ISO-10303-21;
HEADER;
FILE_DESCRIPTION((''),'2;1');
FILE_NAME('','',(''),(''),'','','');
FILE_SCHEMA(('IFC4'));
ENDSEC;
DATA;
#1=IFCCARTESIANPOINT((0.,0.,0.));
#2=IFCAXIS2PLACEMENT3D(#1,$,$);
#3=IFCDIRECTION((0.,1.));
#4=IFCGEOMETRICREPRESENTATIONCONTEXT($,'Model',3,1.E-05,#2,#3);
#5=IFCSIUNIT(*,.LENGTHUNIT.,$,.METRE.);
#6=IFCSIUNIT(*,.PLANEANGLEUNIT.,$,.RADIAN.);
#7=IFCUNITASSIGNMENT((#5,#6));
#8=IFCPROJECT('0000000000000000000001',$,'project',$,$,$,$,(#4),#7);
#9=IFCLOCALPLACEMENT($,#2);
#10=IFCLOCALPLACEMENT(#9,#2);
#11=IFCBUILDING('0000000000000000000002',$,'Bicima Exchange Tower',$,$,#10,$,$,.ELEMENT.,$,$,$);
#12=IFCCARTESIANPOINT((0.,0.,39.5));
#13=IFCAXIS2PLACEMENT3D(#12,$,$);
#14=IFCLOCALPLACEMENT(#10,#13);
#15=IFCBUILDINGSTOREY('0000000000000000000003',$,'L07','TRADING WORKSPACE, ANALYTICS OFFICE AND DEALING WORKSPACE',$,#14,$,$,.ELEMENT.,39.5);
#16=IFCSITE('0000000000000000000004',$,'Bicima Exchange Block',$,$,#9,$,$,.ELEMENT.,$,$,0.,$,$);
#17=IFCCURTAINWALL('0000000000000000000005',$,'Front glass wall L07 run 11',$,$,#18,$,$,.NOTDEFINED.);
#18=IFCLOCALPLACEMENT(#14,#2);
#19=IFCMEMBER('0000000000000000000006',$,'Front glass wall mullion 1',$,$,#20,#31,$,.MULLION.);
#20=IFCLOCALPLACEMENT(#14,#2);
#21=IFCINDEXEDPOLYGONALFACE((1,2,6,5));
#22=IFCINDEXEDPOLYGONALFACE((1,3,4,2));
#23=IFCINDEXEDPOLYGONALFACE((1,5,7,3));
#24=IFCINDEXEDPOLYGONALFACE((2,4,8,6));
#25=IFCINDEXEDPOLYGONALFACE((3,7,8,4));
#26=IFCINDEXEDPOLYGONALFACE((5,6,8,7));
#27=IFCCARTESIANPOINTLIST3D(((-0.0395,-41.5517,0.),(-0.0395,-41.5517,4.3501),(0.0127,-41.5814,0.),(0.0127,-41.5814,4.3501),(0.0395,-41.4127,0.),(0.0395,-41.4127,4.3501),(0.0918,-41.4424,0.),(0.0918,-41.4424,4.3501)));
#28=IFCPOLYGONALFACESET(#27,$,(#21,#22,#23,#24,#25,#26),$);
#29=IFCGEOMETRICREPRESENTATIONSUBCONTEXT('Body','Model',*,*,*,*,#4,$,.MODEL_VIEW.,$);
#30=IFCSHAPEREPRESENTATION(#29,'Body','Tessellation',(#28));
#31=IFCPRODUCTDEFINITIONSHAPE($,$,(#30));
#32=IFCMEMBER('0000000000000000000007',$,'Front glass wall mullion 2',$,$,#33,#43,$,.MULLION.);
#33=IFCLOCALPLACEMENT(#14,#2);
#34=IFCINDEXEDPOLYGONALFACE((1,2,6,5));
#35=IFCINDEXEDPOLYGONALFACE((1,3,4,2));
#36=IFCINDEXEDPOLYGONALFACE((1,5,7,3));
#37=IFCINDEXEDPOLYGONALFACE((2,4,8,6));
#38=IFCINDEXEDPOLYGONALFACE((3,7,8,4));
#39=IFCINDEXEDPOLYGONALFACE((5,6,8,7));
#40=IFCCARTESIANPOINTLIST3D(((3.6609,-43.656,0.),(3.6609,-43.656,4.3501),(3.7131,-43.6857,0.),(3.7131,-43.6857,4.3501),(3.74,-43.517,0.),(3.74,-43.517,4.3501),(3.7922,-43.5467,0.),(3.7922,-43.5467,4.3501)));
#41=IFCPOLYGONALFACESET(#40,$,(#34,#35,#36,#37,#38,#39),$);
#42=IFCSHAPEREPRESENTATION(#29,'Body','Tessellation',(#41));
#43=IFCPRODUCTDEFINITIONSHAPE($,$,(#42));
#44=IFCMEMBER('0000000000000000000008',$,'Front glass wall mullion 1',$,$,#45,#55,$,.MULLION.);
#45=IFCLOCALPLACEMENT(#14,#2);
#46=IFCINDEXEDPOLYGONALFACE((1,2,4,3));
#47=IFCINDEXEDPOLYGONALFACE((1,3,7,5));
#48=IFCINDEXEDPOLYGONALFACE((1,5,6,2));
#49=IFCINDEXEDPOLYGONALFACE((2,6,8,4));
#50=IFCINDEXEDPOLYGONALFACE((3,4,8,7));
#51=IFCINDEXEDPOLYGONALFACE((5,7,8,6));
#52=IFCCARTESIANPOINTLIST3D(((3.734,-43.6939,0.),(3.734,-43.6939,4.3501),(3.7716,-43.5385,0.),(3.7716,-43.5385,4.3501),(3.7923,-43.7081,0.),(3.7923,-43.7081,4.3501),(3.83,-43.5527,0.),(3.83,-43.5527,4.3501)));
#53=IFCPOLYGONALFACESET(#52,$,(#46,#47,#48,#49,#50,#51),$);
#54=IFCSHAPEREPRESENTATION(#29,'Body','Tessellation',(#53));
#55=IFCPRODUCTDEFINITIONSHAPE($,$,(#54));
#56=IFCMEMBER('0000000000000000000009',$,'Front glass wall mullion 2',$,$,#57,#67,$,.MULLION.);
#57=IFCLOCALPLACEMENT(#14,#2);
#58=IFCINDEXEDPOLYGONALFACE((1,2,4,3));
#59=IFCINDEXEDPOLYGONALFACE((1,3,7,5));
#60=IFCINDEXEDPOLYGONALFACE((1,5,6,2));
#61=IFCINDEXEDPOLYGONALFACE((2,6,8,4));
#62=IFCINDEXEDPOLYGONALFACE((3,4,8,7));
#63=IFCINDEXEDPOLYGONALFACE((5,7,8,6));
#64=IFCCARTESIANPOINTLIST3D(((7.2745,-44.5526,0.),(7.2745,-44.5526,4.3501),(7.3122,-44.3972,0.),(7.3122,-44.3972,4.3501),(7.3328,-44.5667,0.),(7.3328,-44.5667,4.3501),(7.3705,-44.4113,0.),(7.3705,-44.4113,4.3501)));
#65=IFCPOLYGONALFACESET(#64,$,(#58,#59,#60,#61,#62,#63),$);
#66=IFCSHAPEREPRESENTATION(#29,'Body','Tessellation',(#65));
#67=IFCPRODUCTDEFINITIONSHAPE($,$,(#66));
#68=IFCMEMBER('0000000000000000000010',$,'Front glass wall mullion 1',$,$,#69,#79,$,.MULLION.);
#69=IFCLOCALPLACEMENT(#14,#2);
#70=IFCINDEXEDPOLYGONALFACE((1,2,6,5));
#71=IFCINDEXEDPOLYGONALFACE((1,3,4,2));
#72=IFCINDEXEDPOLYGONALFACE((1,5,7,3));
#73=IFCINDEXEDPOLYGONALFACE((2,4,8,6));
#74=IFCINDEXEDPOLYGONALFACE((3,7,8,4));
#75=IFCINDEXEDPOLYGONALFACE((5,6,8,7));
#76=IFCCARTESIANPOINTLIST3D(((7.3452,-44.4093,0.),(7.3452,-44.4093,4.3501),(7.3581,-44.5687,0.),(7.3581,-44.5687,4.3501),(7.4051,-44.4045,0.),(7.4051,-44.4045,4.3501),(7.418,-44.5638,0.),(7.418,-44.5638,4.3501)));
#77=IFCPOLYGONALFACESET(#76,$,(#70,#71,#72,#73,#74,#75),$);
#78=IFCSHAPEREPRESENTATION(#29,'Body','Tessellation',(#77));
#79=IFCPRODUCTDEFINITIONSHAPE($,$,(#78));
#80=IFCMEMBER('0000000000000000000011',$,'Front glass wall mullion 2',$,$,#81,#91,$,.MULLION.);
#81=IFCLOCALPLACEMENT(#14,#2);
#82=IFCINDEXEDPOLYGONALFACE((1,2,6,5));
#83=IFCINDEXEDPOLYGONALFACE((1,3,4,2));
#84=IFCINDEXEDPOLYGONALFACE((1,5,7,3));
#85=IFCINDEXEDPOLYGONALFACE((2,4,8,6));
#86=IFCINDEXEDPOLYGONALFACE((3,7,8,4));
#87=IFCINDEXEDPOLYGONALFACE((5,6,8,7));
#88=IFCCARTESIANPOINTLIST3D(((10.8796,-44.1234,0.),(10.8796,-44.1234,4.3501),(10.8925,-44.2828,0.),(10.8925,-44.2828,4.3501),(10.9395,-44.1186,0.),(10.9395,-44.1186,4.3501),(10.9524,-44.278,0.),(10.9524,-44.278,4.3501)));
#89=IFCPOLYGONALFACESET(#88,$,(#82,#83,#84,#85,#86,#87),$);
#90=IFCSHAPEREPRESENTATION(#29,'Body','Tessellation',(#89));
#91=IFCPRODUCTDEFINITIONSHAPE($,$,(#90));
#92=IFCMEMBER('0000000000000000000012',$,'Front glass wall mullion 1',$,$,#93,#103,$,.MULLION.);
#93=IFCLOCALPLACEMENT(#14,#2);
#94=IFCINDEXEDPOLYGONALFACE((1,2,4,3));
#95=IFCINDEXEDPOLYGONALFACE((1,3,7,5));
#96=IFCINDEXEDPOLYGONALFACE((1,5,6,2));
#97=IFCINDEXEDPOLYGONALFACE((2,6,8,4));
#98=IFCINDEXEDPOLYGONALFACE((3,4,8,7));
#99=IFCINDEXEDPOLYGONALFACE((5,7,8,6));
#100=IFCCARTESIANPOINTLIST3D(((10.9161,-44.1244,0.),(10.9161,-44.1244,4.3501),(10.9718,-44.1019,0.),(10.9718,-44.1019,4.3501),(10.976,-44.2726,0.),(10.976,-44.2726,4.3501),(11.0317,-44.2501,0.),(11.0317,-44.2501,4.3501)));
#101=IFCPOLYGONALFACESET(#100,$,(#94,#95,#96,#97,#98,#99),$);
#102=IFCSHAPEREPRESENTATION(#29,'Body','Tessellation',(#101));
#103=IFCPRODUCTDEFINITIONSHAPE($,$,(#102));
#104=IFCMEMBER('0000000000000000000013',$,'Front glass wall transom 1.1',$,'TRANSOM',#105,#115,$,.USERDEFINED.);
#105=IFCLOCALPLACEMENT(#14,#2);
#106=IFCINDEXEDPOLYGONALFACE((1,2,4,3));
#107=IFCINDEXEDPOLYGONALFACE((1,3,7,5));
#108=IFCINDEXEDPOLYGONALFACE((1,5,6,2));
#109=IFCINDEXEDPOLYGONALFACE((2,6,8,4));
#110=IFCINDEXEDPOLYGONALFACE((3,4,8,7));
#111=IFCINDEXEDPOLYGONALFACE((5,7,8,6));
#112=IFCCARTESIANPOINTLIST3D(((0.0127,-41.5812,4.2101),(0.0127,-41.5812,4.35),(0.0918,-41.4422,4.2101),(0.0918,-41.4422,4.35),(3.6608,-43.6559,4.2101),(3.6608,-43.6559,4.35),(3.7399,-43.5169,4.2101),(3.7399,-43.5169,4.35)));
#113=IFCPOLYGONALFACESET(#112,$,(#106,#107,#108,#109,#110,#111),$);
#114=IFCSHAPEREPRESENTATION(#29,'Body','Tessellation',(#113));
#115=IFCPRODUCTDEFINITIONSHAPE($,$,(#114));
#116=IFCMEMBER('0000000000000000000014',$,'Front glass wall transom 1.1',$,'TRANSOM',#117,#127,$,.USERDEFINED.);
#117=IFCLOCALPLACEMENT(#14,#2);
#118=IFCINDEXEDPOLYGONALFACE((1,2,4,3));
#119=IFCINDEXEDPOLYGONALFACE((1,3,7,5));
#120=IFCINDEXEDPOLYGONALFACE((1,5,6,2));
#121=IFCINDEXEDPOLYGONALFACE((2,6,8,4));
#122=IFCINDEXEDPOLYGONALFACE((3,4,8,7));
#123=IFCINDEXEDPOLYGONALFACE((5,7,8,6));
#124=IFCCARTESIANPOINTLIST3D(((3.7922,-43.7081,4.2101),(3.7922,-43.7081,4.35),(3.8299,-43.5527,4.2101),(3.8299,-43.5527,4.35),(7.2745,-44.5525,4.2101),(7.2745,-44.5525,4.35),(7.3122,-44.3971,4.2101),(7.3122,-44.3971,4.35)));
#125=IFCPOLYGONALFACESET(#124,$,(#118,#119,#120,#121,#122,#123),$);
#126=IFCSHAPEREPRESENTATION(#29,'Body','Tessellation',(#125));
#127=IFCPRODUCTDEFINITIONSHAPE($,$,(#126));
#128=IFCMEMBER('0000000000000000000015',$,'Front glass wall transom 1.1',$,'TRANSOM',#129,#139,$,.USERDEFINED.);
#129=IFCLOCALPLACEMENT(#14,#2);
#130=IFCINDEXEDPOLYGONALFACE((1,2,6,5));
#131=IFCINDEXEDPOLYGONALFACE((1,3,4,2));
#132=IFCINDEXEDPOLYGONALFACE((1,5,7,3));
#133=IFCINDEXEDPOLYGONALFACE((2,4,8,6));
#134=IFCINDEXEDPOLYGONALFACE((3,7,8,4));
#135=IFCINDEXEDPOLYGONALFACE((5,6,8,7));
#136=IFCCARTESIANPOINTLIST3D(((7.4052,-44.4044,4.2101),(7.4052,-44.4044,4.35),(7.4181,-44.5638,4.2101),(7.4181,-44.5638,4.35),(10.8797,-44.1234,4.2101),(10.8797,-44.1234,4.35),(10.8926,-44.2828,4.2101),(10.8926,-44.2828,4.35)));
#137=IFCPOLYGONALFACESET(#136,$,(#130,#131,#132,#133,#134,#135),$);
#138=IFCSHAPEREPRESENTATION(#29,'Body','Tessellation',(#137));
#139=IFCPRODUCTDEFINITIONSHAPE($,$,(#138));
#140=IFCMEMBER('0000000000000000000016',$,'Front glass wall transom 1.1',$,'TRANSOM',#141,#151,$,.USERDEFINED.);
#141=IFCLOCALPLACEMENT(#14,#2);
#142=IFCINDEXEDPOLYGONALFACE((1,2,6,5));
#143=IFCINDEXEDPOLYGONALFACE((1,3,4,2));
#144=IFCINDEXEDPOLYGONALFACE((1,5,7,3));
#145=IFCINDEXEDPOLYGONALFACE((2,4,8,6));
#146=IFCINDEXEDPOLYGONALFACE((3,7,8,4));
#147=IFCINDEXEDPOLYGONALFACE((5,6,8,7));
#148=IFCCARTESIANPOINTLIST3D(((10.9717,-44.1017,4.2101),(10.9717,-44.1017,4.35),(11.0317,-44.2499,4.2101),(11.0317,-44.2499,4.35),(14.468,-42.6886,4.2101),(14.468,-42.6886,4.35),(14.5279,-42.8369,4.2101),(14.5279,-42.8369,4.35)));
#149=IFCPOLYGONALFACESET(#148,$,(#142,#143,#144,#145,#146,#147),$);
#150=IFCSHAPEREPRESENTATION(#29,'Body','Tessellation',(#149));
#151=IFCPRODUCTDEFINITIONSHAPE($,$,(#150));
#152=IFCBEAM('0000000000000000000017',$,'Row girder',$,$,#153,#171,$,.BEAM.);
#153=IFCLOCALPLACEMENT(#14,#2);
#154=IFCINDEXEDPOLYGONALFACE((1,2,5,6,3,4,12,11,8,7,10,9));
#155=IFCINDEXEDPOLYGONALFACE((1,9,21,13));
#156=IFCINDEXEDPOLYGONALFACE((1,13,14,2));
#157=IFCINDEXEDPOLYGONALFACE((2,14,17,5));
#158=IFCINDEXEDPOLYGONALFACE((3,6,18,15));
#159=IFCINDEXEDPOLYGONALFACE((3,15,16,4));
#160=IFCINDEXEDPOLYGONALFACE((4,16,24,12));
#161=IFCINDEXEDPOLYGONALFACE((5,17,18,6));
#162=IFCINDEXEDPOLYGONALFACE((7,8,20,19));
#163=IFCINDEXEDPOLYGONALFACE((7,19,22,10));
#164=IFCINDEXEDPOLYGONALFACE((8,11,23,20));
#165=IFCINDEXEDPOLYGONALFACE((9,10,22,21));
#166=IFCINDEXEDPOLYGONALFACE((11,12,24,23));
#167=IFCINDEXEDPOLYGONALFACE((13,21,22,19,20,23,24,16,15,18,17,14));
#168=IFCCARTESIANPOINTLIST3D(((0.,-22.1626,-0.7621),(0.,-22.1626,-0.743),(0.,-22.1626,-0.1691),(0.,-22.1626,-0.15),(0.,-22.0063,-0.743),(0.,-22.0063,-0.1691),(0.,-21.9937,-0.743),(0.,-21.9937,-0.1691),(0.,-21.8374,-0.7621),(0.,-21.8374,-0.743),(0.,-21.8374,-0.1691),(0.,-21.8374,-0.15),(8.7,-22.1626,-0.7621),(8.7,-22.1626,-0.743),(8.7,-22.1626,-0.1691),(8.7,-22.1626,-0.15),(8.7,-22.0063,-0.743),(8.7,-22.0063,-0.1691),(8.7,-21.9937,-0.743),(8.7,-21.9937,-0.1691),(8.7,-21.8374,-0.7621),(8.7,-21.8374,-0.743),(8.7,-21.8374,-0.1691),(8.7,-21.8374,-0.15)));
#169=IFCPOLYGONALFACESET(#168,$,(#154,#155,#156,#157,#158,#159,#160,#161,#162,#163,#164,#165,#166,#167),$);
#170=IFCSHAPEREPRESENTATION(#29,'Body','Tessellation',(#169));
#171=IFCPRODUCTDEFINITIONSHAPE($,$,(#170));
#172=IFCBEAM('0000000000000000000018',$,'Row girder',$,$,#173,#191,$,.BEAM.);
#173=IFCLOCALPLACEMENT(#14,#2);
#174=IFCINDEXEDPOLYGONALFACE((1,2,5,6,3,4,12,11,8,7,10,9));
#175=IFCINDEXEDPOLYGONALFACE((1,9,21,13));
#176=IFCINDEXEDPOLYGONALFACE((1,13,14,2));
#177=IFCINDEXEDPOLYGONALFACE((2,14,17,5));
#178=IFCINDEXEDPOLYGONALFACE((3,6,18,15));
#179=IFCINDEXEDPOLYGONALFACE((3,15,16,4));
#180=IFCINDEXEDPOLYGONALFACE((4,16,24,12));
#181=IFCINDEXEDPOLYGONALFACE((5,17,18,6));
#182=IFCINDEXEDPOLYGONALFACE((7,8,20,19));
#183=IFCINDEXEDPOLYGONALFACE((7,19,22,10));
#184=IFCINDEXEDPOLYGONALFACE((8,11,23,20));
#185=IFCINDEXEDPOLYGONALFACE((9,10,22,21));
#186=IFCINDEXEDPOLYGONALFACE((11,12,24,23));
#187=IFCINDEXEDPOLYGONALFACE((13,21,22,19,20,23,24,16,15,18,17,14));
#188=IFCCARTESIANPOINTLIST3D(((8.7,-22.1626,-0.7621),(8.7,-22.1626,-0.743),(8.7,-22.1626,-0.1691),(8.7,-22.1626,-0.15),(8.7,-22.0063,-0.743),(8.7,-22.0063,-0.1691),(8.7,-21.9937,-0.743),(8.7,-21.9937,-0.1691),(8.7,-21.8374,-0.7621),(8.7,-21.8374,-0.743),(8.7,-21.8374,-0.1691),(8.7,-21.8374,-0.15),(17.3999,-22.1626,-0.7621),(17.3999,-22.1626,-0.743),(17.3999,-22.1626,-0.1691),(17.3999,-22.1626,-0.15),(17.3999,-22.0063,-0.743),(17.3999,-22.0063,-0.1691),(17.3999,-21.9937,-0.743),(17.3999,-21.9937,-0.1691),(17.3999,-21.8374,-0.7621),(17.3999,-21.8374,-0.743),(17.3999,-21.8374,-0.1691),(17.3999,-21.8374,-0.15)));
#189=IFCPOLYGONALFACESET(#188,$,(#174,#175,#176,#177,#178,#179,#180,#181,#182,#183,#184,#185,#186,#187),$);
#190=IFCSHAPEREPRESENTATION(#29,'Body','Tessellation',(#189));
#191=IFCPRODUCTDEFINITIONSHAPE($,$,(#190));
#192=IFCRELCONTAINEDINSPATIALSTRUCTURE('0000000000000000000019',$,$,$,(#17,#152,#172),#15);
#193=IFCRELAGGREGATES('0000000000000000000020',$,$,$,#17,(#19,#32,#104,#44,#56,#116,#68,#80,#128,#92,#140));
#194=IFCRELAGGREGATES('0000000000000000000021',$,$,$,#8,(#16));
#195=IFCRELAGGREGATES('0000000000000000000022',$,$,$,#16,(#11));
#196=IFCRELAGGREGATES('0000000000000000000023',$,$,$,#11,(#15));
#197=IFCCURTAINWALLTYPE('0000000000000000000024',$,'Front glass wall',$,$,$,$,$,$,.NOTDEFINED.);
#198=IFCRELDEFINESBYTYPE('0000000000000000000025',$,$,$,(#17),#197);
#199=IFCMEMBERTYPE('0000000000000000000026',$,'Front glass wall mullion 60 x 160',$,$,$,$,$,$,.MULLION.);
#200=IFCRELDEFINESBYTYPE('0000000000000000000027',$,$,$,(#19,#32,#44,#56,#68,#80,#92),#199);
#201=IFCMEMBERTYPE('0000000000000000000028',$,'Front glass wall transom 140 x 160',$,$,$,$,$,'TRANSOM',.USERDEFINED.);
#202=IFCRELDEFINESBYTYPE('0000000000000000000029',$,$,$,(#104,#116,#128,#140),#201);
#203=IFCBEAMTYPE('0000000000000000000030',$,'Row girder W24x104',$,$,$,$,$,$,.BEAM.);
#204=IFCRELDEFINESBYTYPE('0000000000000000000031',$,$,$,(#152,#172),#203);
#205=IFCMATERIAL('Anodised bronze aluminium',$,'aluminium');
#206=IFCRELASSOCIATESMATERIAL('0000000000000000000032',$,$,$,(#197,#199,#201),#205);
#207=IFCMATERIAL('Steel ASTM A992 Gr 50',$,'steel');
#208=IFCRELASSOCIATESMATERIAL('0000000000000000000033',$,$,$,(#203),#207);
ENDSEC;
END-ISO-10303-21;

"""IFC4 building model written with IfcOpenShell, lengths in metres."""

from ifc_helpers import new_model, si_unit, direction, frame, origin, origin_2d, place, context, subcontext, project, spatial, rectangle, i_section, extrude, material, material_profile, profile_set, type_object, element, aggregate, save


model = new_model("IFC4")

# Units and contexts
model_context = context("Model", 3, precision=1e-05, world=origin(), true_north=direction((0.0, 1.0)))
body_context = subcontext(model_context, "Body", "Model", "MODEL_VIEW")
ifc_project = project(units=[si_unit("LENGTHUNIT", "METRE"), si_unit("PLANEANGLEUNIT", "RADIAN")], contexts=[model_context])

# Site, building, storey
site_placement = place(None, origin())
site = spatial("IfcSite", under=ifc_project, at=site_placement, Name="Bicima Exchange Block", CompositionType="ELEMENT", RefElevation=0.0)
building_placement = place(site_placement, origin())
building = spatial("IfcBuilding", under=site, at=building_placement, Name="Bicima Exchange Tower", CompositionType="ELEMENT")
storey_placement = place(building_placement, frame((0.0, 0.0, 39.5)))
storey = spatial("IfcBuildingStorey", under=building, at=storey_placement, Name="L07", Description="TRADING WORKSPACE, ANALYTICS OFFICE AND DEALING WORKSPACE", CompositionType="ELEMENT", Elevation=39.5)

# Shared definitions
ifc_material_1 = material(Name="Steel ASTM A992 Gr 50", Category="steel")

# Curtain wall, members
ifc_material_2 = material(Name="Anodised bronze aluminium", Category="aluminium")
curtain_wall_type = type_object("IfcCurtainWallType", Name="Front glass wall", PredefinedType="NOTDEFINED", material=ifc_material_2)
curtain_wall_placement = place(storey_placement, origin())
curtain_wall = element("IfcCurtainWall", 1, at=curtain_wall_placement, inside=storey, type_object=curtain_wall_type, Name="Front glass wall L07 run 11", PredefinedType="NOTDEFINED")
ifc_material_profile_1 = material_profile(ifc_material_2, rectangle(XDim=0.1599, YDim=0.0601, at=origin_2d()))
ifc_profile_set_1 = profile_set([ifc_material_profile_1], Name="Anodised bronze aluminium")
member_type_1 = type_object("IfcMemberType", Name="Front glass wall mullion 60 x 160", PredefinedType="MULLION", material=ifc_profile_set_1)
member_1_placement = place(storey_placement, frame((0.0261, -41.4971, 0.0), z_axis=(0.0, 0.0, 1.0), x_axis=(0.49433, 0.869274, 0.0)))
member_1 = element("IfcMember", 2, at=member_1_placement, type_object=member_type_1, Name="Front glass wall mullion 1", PredefinedType="MULLION", context=body_context, shape_type="SweptSolid", body=[
    extrude(rectangle(XDim=0.1599, YDim=0.0601, at=origin_2d()), origin(), (0.0, 0.0, 1.0), 4.3501),
])
member_2_placement = place(storey_placement, frame((3.7266, -43.6013, 0.0), z_axis=(0.0, 0.0, 1.0), x_axis=(0.49433, 0.869274, 0.0)))
member_2 = element("IfcMember", 3, at=member_2_placement, type_object=member_type_1, Name="Front glass wall mullion 2", PredefinedType="MULLION", context=body_context, shape_type="SweptSolid", body=[
    extrude(rectangle(XDim=0.1599, YDim=0.0601, at=origin_2d()), origin(), (0.0, 0.0, 1.0), 4.3501),
])
member_3_placement = place(storey_placement, frame((3.782, -43.6233, 0.0), z_axis=(0.0, 0.0, 1.0), x_axis=(0.235682, 0.97183, 0.0)))
member_3 = element("IfcMember", 4, at=member_3_placement, type_object=member_type_1, Name="Front glass wall mullion 1", PredefinedType="MULLION", context=body_context, shape_type="SweptSolid", body=[
    extrude(rectangle(XDim=0.1599, YDim=0.0601, at=origin_2d()), origin(), (0.0, 0.0, 1.0), 4.3501),
])
member_4_placement = place(storey_placement, frame((7.3225, -44.4819, 0.0), z_axis=(0.0, 0.0, 1.0), x_axis=(0.235682, 0.97183, 0.0)))
member_4 = element("IfcMember", 5, at=member_4_placement, type_object=member_type_1, Name="Front glass wall mullion 2", PredefinedType="MULLION", context=body_context, shape_type="SweptSolid", body=[
    extrude(rectangle(XDim=0.1599, YDim=0.0601, at=origin_2d()), origin(), (0.0, 0.0, 1.0), 4.3501),
])
member_5_placement = place(storey_placement, frame((7.3816, -44.4866, 0.0), z_axis=(0.0, 0.0, 1.0), x_axis=(-0.080589, 0.996747, 0.0)))
member_5 = element("IfcMember", 6, at=member_5_placement, type_object=member_type_1, Name="Front glass wall mullion 1", PredefinedType="MULLION", context=body_context, shape_type="SweptSolid", body=[
    extrude(rectangle(XDim=0.1599, YDim=0.0601, at=origin_2d()), origin(), (0.0, 0.0, 1.0), 4.3501),
])
member_6_placement = place(storey_placement, frame((10.916, -44.2007, 0.0), z_axis=(0.0, 0.0, 1.0), x_axis=(-0.080589, 0.996747, 0.0)))
member_6 = element("IfcMember", 7, at=member_6_placement, type_object=member_type_1, Name="Front glass wall mullion 2", PredefinedType="MULLION", context=body_context, shape_type="SweptSolid", body=[
    extrude(rectangle(XDim=0.1599, YDim=0.0601, at=origin_2d()), origin(), (0.0, 0.0, 1.0), 4.3501),
])
member_7_placement = place(storey_placement, frame((10.9739, -44.1873, 0.0), z_axis=(0.0, 0.0, 1.0), x_axis=(-0.374705, 0.927144, 0.0)))
member_7 = element("IfcMember", 8, at=member_7_placement, type_object=member_type_1, Name="Front glass wall mullion 1", PredefinedType="MULLION", context=body_context, shape_type="SweptSolid", body=[
    extrude(rectangle(XDim=0.1599, YDim=0.0601, at=origin_2d()), origin(), (0.0, 0.0, 1.0), 4.3501),
])
ifc_material_profile_2 = material_profile(ifc_material_2, rectangle(XDim=0.1599, YDim=0.1399, at=origin_2d()))
ifc_profile_set_2 = profile_set([ifc_material_profile_2], Name="Anodised bronze aluminium")
member_type_2 = type_object("IfcMemberType", Name="Front glass wall transom 140 x 160", ElementType="TRANSOM", PredefinedType="USERDEFINED", material=ifc_profile_set_2)
member_8_placement = place(storey_placement, frame((0.0522, -41.5117, 4.28), z_axis=(0.869265, -0.494346, 0.0), x_axis=(0.494346, 0.869265, 0.0)))
member_8 = element("IfcMember", 9, at=member_8_placement, type_object=member_type_2, Name="Front glass wall transom 1.1", ObjectType="TRANSOM", PredefinedType="USERDEFINED", context=body_context, shape_type="SweptSolid", body=[
    extrude(rectangle(XDim=0.1599, YDim=0.1399, at=origin_2d()), origin(), (0.0, 0.0, 1.0), 4.1968),
])
member_9_placement = place(storey_placement, frame((3.811, -43.6304, 4.28), z_axis=(0.971834, -0.235668, 0.0), x_axis=(0.235668, 0.971834, 0.0)))
member_9 = element("IfcMember", 10, at=member_9_placement, type_object=member_type_2, Name="Front glass wall transom 1.1", ObjectType="TRANSOM", PredefinedType="USERDEFINED", context=body_context, shape_type="SweptSolid", body=[
    extrude(rectangle(XDim=0.1599, YDim=0.1399, at=origin_2d()), origin(), (0.0, 0.0, 1.0), 3.5833),
])
member_10_placement = place(storey_placement, frame((7.4116, -44.4841, 4.28), z_axis=(0.996746, 0.080611, 0.0), x_axis=(-0.080611, 0.996746, 0.0)))
member_10 = element("IfcMember", 11, at=member_10_placement, type_object=member_type_2, Name="Front glass wall transom 1.1", ObjectType="TRANSOM", PredefinedType="USERDEFINED", context=body_context, shape_type="SweptSolid", body=[
    extrude(rectangle(XDim=0.1599, YDim=0.1399, at=origin_2d()), origin(), (0.0, 0.0, 1.0), 3.4858),
])
member_11_placement = place(storey_placement, frame((11.0017, -44.1758, 4.28), z_axis=(0.92714, 0.374715, 0.0), x_axis=(-0.374715, 0.92714, 0.0)))
member_11 = element("IfcMember", 12, at=member_11_placement, type_object=member_type_2, Name="Front glass wall transom 1.1", ObjectType="TRANSOM", PredefinedType="USERDEFINED", context=body_context, shape_type="SweptSolid", body=[
    extrude(rectangle(XDim=0.1599, YDim=0.1399, at=origin_2d()), origin(), (0.0, 0.0, 1.0), 3.771),
])

# Beams
ifc_material_profile_3 = material_profile(ifc_material_1, i_section(OverallWidth=0.3252, OverallDepth=0.6121, WebThickness=0.0127, FlangeThickness=0.019, at=origin_2d()))
ifc_profile_set_3 = profile_set([ifc_material_profile_3], Name="Steel ASTM A992 Gr 50")
beam_type_1 = type_object("IfcBeamType", Name="Row girder W24x104", PredefinedType="BEAM", material=ifc_profile_set_3)
for number, where, z_axis, x_axis, name in (
    (13, (0.0, -22.0, -0.4561), (1.0, 0.0, 0.0), (0.0, 1.0, 0.0), "Row girder"),
    (14, (8.7, -22.0, -0.4561), (1.0, 0.0, 0.0), (0.0, 1.0, 0.0), "Row girder"),
):
    element("IfcBeam", number, at=place(storey_placement, frame(where, z_axis=z_axis, x_axis=x_axis)), inside=storey, type_object=beam_type_1, Name=name, PredefinedType="BEAM", context=body_context, shape_type="SweptSolid", body=[
        extrude(i_section(OverallWidth=0.3252, OverallDepth=0.6121, WebThickness=0.0127, FlangeThickness=0.019, at=origin_2d()), origin(), (0.0, 0.0, 1.0), 8.7),
    ])

aggregate(curtain_wall, [member_1, member_2, member_8, member_3, member_4, member_9, member_5, member_6, member_10, member_7, member_11])

save(model, "model.ifc")
